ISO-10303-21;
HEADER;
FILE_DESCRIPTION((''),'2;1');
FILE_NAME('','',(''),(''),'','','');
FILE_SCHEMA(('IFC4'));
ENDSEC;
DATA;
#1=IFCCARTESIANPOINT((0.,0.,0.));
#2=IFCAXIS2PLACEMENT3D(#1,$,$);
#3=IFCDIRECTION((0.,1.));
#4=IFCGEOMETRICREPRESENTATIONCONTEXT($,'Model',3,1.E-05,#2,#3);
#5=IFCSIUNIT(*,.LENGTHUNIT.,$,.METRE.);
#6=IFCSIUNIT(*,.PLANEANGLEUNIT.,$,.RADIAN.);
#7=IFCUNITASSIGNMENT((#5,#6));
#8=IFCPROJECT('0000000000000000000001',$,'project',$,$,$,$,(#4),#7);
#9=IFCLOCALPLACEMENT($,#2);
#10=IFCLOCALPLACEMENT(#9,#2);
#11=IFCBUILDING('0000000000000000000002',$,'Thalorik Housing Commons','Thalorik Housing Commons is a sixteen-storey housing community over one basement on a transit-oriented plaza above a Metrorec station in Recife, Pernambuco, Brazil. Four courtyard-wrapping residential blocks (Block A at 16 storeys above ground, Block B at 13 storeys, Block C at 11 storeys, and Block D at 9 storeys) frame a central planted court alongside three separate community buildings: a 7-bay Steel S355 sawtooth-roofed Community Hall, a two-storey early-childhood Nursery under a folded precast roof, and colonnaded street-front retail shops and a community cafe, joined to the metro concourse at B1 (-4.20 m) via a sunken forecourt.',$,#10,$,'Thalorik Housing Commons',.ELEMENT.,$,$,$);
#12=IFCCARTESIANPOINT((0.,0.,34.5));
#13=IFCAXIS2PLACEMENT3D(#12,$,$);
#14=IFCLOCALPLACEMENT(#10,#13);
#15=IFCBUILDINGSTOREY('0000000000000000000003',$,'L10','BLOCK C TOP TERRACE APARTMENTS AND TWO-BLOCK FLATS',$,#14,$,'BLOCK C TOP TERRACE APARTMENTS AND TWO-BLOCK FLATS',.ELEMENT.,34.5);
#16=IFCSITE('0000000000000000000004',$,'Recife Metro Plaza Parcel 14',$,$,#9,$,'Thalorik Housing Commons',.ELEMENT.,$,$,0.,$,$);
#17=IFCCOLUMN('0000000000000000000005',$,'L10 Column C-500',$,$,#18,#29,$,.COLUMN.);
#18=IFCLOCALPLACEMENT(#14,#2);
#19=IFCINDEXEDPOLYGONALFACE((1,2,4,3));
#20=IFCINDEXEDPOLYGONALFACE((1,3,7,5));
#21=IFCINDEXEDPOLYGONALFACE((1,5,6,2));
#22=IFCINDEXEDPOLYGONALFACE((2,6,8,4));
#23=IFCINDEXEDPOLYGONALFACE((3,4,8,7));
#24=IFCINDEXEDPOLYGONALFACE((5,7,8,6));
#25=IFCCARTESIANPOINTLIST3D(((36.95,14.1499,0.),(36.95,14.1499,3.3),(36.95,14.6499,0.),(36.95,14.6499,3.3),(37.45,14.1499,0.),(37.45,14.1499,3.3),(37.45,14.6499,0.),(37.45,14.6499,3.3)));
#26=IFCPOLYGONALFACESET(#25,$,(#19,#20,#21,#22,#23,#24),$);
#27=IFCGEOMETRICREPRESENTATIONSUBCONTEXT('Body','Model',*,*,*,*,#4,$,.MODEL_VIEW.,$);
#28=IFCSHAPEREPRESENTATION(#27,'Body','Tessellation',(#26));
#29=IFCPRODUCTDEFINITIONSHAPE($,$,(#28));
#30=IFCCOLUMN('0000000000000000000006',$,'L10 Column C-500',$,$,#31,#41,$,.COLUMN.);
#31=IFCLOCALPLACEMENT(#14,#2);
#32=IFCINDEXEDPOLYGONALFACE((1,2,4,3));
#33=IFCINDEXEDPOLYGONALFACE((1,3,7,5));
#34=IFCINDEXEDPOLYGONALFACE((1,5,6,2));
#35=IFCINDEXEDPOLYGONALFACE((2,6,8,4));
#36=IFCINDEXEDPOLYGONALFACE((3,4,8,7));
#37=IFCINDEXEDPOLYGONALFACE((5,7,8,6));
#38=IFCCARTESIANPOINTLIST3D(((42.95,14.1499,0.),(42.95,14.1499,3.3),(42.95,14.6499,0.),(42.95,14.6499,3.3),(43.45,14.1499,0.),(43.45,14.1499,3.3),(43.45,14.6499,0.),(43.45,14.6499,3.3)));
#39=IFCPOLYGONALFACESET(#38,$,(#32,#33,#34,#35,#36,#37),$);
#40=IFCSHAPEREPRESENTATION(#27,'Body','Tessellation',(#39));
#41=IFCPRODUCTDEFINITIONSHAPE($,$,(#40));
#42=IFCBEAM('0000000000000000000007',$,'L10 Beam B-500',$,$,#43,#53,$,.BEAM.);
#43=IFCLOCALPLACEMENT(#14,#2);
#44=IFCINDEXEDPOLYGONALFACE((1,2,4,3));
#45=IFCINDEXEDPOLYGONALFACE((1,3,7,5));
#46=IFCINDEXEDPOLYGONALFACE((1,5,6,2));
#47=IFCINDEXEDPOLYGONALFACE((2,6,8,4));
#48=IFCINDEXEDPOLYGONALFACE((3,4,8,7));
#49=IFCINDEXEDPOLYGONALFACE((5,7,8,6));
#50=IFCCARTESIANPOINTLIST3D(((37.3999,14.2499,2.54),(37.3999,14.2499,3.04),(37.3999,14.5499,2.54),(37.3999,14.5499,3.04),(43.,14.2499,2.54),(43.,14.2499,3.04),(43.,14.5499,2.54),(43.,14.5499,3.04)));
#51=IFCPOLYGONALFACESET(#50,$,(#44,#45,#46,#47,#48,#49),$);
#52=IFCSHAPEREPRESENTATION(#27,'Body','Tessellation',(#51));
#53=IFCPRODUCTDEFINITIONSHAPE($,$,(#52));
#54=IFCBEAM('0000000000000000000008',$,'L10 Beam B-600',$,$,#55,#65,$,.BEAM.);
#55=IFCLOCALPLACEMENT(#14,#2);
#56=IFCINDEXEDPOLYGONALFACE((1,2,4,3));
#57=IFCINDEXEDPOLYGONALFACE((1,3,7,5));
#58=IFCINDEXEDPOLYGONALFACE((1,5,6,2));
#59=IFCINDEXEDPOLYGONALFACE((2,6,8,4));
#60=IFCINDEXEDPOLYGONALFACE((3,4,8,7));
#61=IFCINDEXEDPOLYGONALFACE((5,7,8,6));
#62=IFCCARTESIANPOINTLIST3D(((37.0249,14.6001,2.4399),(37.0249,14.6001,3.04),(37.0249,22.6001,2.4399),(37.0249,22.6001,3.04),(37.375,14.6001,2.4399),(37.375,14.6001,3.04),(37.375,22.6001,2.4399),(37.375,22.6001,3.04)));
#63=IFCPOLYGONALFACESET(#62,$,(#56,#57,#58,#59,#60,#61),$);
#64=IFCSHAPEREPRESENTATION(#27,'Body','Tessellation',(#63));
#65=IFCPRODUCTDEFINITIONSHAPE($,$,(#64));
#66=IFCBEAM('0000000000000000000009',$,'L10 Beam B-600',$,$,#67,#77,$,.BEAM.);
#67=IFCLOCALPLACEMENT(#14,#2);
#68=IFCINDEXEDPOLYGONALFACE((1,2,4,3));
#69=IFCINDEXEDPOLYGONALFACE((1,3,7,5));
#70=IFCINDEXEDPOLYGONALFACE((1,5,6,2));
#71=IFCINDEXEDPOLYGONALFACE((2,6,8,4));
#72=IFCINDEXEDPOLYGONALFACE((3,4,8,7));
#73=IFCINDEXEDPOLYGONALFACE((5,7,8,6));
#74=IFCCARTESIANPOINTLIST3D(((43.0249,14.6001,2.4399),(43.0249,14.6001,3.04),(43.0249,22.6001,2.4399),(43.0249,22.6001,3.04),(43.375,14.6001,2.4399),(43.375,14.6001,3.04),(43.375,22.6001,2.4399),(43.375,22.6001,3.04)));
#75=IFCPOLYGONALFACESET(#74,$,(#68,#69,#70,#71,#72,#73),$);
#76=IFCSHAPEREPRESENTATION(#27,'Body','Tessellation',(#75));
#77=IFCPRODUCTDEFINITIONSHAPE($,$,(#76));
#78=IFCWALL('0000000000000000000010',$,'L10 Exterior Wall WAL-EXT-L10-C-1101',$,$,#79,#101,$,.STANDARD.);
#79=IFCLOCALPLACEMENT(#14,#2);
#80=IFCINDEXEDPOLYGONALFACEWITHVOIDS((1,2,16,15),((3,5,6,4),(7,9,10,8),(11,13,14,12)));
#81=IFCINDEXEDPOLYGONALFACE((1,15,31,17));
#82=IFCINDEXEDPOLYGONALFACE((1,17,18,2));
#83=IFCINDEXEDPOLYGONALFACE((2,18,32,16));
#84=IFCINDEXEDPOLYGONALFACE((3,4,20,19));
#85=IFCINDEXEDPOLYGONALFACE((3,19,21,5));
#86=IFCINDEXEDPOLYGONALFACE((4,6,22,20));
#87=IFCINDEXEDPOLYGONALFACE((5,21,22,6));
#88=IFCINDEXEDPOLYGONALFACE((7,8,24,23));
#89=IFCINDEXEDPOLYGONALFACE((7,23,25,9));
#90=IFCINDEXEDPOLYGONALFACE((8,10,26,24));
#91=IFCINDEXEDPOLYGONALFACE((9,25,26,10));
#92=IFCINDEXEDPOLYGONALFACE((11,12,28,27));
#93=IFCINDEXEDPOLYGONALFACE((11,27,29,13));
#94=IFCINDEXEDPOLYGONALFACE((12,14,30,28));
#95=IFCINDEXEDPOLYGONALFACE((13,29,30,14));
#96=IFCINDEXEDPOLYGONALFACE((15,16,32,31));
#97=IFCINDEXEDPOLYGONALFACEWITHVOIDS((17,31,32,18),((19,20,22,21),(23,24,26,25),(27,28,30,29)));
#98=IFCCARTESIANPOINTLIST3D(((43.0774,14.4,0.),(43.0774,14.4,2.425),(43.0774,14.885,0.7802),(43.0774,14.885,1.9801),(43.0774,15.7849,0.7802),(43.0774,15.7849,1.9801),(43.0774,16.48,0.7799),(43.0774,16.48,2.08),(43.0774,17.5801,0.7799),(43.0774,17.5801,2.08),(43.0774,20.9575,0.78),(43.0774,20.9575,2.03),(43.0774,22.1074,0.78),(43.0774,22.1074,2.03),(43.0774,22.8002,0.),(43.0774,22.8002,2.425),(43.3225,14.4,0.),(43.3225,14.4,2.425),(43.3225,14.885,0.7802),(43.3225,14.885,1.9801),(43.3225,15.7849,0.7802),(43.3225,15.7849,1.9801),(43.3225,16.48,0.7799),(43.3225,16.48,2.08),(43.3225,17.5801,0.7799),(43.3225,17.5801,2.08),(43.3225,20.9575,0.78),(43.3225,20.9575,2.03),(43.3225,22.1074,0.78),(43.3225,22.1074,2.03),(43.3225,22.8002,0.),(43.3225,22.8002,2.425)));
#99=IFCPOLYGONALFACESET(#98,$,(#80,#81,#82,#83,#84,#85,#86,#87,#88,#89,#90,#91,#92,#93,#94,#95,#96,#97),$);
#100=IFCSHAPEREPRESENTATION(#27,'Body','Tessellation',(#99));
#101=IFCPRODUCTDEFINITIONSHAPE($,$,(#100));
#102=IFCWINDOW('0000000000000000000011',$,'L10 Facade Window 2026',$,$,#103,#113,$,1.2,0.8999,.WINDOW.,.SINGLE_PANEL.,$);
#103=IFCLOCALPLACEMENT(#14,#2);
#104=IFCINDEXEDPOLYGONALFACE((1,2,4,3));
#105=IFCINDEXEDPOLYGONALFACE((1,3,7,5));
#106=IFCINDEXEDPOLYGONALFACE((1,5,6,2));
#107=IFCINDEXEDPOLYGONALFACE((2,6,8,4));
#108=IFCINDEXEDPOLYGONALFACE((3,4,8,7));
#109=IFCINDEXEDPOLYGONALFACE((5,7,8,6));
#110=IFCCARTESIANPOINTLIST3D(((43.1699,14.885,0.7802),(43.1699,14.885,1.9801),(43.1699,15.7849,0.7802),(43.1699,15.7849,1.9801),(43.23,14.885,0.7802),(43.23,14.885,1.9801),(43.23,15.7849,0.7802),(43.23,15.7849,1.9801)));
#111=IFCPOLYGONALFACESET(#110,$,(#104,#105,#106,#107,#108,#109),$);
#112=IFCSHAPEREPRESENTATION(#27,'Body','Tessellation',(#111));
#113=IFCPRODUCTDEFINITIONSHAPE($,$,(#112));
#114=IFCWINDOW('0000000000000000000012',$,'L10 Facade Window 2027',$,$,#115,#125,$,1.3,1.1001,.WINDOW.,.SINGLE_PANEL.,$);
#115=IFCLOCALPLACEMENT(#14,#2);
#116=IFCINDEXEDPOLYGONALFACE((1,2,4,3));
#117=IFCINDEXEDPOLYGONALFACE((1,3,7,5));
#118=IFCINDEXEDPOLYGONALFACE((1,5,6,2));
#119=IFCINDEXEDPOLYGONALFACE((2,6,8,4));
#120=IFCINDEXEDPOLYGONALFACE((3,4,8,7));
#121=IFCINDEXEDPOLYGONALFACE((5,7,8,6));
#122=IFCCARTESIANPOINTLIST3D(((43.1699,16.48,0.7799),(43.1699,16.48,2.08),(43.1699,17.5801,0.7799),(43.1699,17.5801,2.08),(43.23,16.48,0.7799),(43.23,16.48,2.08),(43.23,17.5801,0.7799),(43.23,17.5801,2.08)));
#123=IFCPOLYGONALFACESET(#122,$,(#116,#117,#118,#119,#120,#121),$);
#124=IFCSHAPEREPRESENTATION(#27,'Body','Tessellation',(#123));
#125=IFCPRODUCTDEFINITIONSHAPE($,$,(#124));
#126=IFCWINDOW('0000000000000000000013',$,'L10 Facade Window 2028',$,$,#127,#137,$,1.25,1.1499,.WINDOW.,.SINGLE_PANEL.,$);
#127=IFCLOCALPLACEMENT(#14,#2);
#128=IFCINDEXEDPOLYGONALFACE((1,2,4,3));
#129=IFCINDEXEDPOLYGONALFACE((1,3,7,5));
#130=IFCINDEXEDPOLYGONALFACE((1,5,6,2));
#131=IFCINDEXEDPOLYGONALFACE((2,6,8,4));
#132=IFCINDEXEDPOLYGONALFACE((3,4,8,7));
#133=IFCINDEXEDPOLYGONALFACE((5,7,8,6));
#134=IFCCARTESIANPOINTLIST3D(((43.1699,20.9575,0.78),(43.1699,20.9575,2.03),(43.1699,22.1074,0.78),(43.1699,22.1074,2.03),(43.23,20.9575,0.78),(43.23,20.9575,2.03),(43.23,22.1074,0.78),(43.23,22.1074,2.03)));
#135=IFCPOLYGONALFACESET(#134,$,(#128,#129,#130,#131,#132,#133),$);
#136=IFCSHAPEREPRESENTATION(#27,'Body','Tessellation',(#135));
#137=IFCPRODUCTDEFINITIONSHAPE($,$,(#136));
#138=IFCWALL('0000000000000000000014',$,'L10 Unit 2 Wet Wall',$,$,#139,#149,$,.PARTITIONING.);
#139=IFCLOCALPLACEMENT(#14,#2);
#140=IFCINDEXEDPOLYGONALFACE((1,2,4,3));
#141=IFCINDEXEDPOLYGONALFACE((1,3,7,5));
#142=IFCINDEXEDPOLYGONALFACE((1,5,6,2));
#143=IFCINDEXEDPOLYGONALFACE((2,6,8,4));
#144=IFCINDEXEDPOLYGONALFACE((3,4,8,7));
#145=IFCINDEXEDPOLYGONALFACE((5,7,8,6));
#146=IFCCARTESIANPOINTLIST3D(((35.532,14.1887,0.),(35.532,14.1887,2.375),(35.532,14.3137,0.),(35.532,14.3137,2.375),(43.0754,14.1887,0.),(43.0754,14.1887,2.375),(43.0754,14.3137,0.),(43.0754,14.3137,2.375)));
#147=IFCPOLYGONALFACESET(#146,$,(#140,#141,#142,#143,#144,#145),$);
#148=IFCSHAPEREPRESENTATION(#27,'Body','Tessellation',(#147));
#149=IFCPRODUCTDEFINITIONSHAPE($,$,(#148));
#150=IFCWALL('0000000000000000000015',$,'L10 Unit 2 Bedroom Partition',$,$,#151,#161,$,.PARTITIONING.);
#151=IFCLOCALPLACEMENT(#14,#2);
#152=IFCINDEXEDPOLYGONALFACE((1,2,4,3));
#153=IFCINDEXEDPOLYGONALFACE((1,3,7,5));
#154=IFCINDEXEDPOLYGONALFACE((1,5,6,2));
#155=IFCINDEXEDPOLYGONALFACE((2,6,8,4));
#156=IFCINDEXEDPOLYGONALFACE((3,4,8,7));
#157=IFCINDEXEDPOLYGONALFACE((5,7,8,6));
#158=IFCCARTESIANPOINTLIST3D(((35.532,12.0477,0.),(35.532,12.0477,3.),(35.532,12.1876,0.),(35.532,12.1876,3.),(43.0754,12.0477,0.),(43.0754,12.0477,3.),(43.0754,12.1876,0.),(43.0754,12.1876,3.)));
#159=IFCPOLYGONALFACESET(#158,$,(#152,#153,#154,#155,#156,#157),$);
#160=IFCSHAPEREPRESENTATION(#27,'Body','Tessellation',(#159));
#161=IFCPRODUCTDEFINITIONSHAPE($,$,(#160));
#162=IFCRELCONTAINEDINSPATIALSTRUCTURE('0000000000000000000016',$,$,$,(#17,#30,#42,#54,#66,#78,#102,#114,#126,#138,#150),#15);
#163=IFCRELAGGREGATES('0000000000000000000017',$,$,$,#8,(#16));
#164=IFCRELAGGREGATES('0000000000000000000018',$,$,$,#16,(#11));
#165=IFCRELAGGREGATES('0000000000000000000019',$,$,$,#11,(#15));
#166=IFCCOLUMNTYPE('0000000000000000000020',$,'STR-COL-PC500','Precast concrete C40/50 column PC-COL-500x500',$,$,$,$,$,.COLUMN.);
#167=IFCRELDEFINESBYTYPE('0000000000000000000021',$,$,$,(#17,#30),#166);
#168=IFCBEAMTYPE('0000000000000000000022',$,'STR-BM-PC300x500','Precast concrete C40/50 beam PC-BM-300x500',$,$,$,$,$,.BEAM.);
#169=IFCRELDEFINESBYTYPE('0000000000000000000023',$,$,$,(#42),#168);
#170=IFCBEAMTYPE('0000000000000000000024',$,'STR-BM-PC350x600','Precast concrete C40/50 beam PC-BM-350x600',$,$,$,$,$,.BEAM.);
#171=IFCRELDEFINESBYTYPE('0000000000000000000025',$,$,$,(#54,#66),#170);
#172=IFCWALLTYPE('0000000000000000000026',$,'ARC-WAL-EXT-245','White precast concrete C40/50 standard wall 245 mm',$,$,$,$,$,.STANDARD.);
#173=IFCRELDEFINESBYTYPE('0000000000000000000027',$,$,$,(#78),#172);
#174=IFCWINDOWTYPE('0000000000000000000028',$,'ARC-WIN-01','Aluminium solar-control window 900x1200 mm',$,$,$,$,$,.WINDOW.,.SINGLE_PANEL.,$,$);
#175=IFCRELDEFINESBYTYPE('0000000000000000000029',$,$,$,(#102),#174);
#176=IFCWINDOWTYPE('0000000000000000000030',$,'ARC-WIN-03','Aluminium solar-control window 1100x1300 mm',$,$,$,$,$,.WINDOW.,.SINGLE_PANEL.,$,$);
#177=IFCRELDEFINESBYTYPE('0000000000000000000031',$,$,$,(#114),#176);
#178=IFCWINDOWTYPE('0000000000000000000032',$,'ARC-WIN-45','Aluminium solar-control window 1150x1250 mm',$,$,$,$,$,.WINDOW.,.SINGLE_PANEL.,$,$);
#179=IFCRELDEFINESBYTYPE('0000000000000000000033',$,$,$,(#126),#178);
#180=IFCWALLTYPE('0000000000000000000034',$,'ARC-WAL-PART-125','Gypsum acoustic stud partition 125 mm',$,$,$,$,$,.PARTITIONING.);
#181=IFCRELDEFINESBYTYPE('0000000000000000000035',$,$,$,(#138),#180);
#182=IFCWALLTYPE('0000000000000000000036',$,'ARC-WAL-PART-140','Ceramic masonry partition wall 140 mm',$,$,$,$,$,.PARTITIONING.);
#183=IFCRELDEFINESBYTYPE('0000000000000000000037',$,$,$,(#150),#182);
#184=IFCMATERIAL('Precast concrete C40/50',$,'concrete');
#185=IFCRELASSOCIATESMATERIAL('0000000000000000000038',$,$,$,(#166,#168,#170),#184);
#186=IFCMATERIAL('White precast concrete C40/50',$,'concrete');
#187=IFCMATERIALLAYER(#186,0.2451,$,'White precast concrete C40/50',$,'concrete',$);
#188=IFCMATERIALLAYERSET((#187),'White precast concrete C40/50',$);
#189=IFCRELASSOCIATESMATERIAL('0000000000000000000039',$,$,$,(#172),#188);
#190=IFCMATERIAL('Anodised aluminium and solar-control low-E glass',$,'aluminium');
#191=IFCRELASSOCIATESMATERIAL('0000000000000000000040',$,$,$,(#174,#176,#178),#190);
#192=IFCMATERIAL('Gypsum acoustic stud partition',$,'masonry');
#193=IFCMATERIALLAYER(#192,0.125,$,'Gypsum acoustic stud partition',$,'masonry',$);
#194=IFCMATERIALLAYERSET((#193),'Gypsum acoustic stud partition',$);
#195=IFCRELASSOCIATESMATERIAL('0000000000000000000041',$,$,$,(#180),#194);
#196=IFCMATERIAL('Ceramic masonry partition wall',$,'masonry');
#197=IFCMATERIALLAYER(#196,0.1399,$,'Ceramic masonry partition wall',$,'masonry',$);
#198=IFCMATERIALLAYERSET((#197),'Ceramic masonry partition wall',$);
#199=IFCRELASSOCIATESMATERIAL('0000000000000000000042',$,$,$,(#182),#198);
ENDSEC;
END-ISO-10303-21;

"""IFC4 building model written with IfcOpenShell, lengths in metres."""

from ifc_helpers import new_model, si_unit, direction, frame, frame_2d, origin, origin_2d, place, context, subcontext, project, spatial, rectangle, extrude, material, layer, layer_set, material_profile, profile_set, type_object, element, fill, save


model = new_model("IFC4")

# Units and contexts
model_context = context("Model", 3, precision=1e-05, world=origin(), true_north=direction((0.0, 1.0)))
body_context = subcontext(model_context, "Body", "Model", "MODEL_VIEW")
ifc_project = project(units=[si_unit("LENGTHUNIT", "METRE"), si_unit("PLANEANGLEUNIT", "RADIAN")], contexts=[model_context])

# Site, building, storey
site_placement = place(None, origin())
site = spatial("IfcSite", under=ifc_project, at=site_placement, Name="Recife Metro Plaza Parcel 14", LongName="Thalorik Housing Commons", CompositionType="ELEMENT", RefElevation=0.0)
building_placement = place(site_placement, origin())
building = spatial("IfcBuilding", under=site, at=building_placement, Name="Thalorik Housing Commons", Description="Thalorik Housing Commons is a sixteen-storey housing community over one basement on a transit-oriented plaza above a Metrorec station in Recife, Pernambuco, Brazil. Four courtyard-wrapping residential blocks (Block A at 16 storeys above ground, Block B at 13 storeys, Block C at 11 storeys, and Block D at 9 storeys) frame a central planted court alongside three separate community buildings: a 7-bay Steel S355 sawtooth-roofed Community Hall, a two-storey early-childhood Nursery under a folded precast roof, and colonnaded street-front retail shops and a community cafe, joined to the metro concourse at B1 (-4.20 m) via a sunken forecourt.", LongName="Thalorik Housing Commons", CompositionType="ELEMENT")
storey_placement = place(building_placement, frame((0.0, 0.0, 34.5)))
storey = spatial("IfcBuildingStorey", under=building, at=storey_placement, Name="L10", Description="BLOCK C TOP TERRACE APARTMENTS AND TWO-BLOCK FLATS", LongName="BLOCK C TOP TERRACE APARTMENTS AND TWO-BLOCK FLATS", CompositionType="ELEMENT", Elevation=34.5)

# Columns
ifc_material_1 = material(Name="Precast concrete C40/50", Category="concrete")
ifc_material_profile_1 = material_profile(ifc_material_1, rectangle(XDim=0.5, YDim=0.5, at=origin_2d()), Name="PC 500x500", Category="concrete")
ifc_profile_set_1 = profile_set([ifc_material_profile_1], Name="Precast concrete C40/50")
column_type = type_object("IfcColumnType", Name="STR-COL-PC500", Description="Precast concrete C40/50 column PC-COL-500x500", PredefinedType="COLUMN", material=ifc_profile_set_1)
for number, where, z_axis, x_axis, name in (
    (1, (37.2, 14.3999, 0.0), (0.0, 0.0, 1.0), (1.0, 0.0, 0.0), "L10 Column C-500"),
    (2, (43.2, 14.3999, 0.0), (0.0, 0.0, 1.0), (1.0, 0.0, 0.0), "L10 Column C-500"),
):
    element("IfcColumn", number, at=place(storey_placement, frame(where, z_axis=z_axis, x_axis=x_axis)), inside=storey, type_object=column_type, Name=name, PredefinedType="COLUMN", context=body_context, shape_type="SweptSolid", body=[
        extrude(rectangle(XDim=0.5, YDim=0.5, at=origin_2d()), origin(), (0.0, 0.0, 1.0), 3.3),
    ])

# Beams
ifc_material_profile_2 = material_profile(ifc_material_1, rectangle(XDim=0.3, YDim=0.5, at=origin_2d()), Name="PC 300x500", Category="concrete")
ifc_profile_set_2 = profile_set([ifc_material_profile_2], Name="Precast concrete C40/50")
beam_type_1 = type_object("IfcBeamType", Name="STR-BM-PC300x500", Description="Precast concrete C40/50 beam PC-BM-300x500", PredefinedType="BEAM", material=ifc_profile_set_2)
beam_placement = place(storey_placement, frame((37.3999, 14.3999, 2.79), z_axis=(1.0, 0.0, 0.0), x_axis=(0.0, 1.0, 0.0)))
element("IfcBeam", 3, at=beam_placement, inside=storey, type_object=beam_type_1, Name="L10 Beam B-500", PredefinedType="BEAM", context=body_context, shape_type="SweptSolid", body=[
    extrude(rectangle(XDim=0.3, YDim=0.5, at=origin_2d()), origin(), (0.0, 0.0, 1.0), 5.6001),
])
ifc_material_profile_3 = material_profile(ifc_material_1, rectangle(XDim=0.3501, YDim=0.6001, at=origin_2d()), Name="PC 350x600", Category="concrete")
ifc_profile_set_3 = profile_set([ifc_material_profile_3], Name="Precast concrete C40/50")
beam_type_2 = type_object("IfcBeamType", Name="STR-BM-PC350x600", Description="Precast concrete C40/50 beam PC-BM-350x600", PredefinedType="BEAM", material=ifc_profile_set_3)
for number, where, z_axis, x_axis, name in (
    (4, (37.2, 14.6001, 2.74), (0.0, 1.0, 0.0), (-1.0, 0.0, 0.0), "L10 Beam B-600"),
    (5, (43.2, 14.6001, 2.74), (0.0, 1.0, 0.0), (-1.0, 0.0, 0.0), "L10 Beam B-600"),
):
    element("IfcBeam", number, at=place(storey_placement, frame(where, z_axis=z_axis, x_axis=x_axis)), inside=storey, type_object=beam_type_2, Name=name, PredefinedType="BEAM", context=body_context, shape_type="SweptSolid", body=[
        extrude(rectangle(XDim=0.3501, YDim=0.6001, at=origin_2d()), origin(), (0.0, 0.0, 1.0), 8.0),
    ])

# Wall, openings, windows
ifc_material_2 = material(Name="White precast concrete C40/50", Category="concrete")
ifc_layer_1 = layer(ifc_material_2, 0.2451, Name="White precast concrete C40/50", Category="concrete")
ifc_layer_set_1 = layer_set([ifc_layer_1], Name="White precast concrete C40/50")
wall_type_1 = type_object("IfcWallType", Name="ARC-WAL-EXT-245", Description="White precast concrete C40/50 standard wall 245 mm", PredefinedType="STANDARD", material=ifc_layer_set_1)
wall_1_placement = place(storey_placement, frame((43.2, 14.3999, 0.0), z_axis=(0.0, 0.0, 1.0), x_axis=(0.0, 1.0, 0.0)))
wall_1 = element("IfcWall", 6, at=wall_1_placement, inside=storey, type_object=wall_type_1, Name="L10 Exterior Wall WAL-EXT-L10-C-1101", PredefinedType="STANDARD", context=body_context, shape_type="SweptSolid", body=[
    extrude(rectangle(XDim=8.4001, YDim=0.2451, at=frame_2d((4.2002, 0.0))), origin(), (0.0, 0.0, 1.0), 2.425),
])
opening_1_placement = place(wall_1_placement, frame((0.4851, 0.0, 0.78)))
opening_1 = element("IfcOpeningElement", 7, at=opening_1_placement, cuts=wall_1, PredefinedType="OPENING", context=body_context, shape_type="SweptSolid", body=[
    extrude(rectangle(XDim=0.8999, YDim=1.2, at=frame_2d((0.45, 0.6001))), frame((0.0, 0.1326, 0.0), z_axis=(0.0, -1.0, 0.0), x_axis=(1.0, 0.0, 0.0)), (0.0, 0.0, 1.0), 0.2651),
])
opening_2_placement = place(wall_1_placement, frame((2.0801, 0.0, 0.78)))
opening_2 = element("IfcOpeningElement", 8, at=opening_2_placement, cuts=wall_1, PredefinedType="OPENING", context=body_context, shape_type="SweptSolid", body=[
    extrude(rectangle(XDim=1.1001, YDim=1.3, at=frame_2d((0.55, 0.6499))), frame((0.0, 0.1326, 0.0), z_axis=(0.0, -1.0, 0.0), x_axis=(1.0, 0.0, 0.0)), (0.0, 0.0, 1.0), 0.2651),
])
opening_3_placement = place(wall_1_placement, frame((6.5576, 0.0, 0.78)))
opening_3 = element("IfcOpeningElement", 9, at=opening_3_placement, cuts=wall_1, PredefinedType="OPENING", context=body_context, shape_type="SweptSolid", body=[
    extrude(rectangle(XDim=1.1499, YDim=1.25, at=frame_2d((0.575, 0.625))), frame((0.0, 0.1326, 0.0), z_axis=(0.0, -1.0, 0.0), x_axis=(1.0, 0.0, 0.0)), (0.0, 0.0, 1.0), 0.2651),
])
ifc_material_3 = material(Name="Anodised aluminium and solar-control low-E glass", Category="aluminium")
window_type_1 = type_object("IfcWindowType", Name="ARC-WIN-01", Description="Aluminium solar-control window 900x1200 mm", PartitioningType="SINGLE_PANEL", PredefinedType="WINDOW", material=ifc_material_3)
window_1_placement = place(opening_1_placement, origin())
window_1 = element("IfcWindow", 10, at=window_1_placement, inside=storey, type_object=window_type_1, Name="L10 Facade Window 2026", OverallHeight=1.2, OverallWidth=0.8999, PartitioningType="SINGLE_PANEL", PredefinedType="WINDOW", context=body_context, shape_type="SweptSolid", body=[
    extrude(rectangle(XDim=0.8999, YDim=1.2, at=frame_2d((0.45, 0.6001))), frame((0.0, 0.03, 0.0), z_axis=(0.0, -1.0, 0.0), x_axis=(1.0, 0.0, 0.0)), (0.0, 0.0, 1.0), 0.0601),
])
fill(opening_1, window_1)
window_type_2 = type_object("IfcWindowType", Name="ARC-WIN-03", Description="Aluminium solar-control window 1100x1300 mm", PartitioningType="SINGLE_PANEL", PredefinedType="WINDOW", material=ifc_material_3)
window_2_placement = place(opening_2_placement, origin())
window_2 = element("IfcWindow", 11, at=window_2_placement, inside=storey, type_object=window_type_2, Name="L10 Facade Window 2027", OverallHeight=1.3, OverallWidth=1.1001, PartitioningType="SINGLE_PANEL", PredefinedType="WINDOW", context=body_context, shape_type="SweptSolid", body=[
    extrude(rectangle(XDim=1.1001, YDim=1.3, at=frame_2d((0.55, 0.6499))), frame((0.0, 0.03, 0.0), z_axis=(0.0, -1.0, 0.0), x_axis=(1.0, 0.0, 0.0)), (0.0, 0.0, 1.0), 0.0601),
])
fill(opening_2, window_2)
window_type_3 = type_object("IfcWindowType", Name="ARC-WIN-45", Description="Aluminium solar-control window 1150x1250 mm", PartitioningType="SINGLE_PANEL", PredefinedType="WINDOW", material=ifc_material_3)
window_3_placement = place(opening_3_placement, origin())
window_3 = element("IfcWindow", 12, at=window_3_placement, inside=storey, type_object=window_type_3, Name="L10 Facade Window 2028", OverallHeight=1.25, OverallWidth=1.1499, PartitioningType="SINGLE_PANEL", PredefinedType="WINDOW", context=body_context, shape_type="SweptSolid", body=[
    extrude(rectangle(XDim=1.1499, YDim=1.25, at=frame_2d((0.575, 0.625))), frame((0.0, 0.03, 0.0), z_axis=(0.0, -1.0, 0.0), x_axis=(1.0, 0.0, 0.0)), (0.0, 0.0, 1.0), 0.0601),
])
fill(opening_3, window_3)

# Walls
ifc_material_4 = material(Name="Gypsum acoustic stud partition", Category="masonry")
ifc_layer_2 = layer(ifc_material_4, 0.125, Name="Gypsum acoustic stud partition", Category="masonry")
ifc_layer_set_2 = layer_set([ifc_layer_2], Name="Gypsum acoustic stud partition")
wall_type_2 = type_object("IfcWallType", Name="ARC-WAL-PART-125", Description="Gypsum acoustic stud partition 125 mm", PredefinedType="PARTITIONING", material=ifc_layer_set_2)
wall_2_placement = place(storey_placement, frame((35.532, 14.2512, 0.0), z_axis=(0.0, 0.0, 1.0), x_axis=(1.0, 0.0, 0.0)))
element("IfcWall", 13, at=wall_2_placement, inside=storey, type_object=wall_type_2, Name="L10 Unit 2 Wet Wall", PredefinedType="PARTITIONING", context=body_context, shape_type="SweptSolid", body=[
    extrude(rectangle(XDim=7.5435, YDim=0.125, at=frame_2d((3.7717, 0.0))), origin(), (0.0, 0.0, 1.0), 2.375),
])
ifc_material_5 = material(Name="Ceramic masonry partition wall", Category="masonry")
ifc_layer_3 = layer(ifc_material_5, 0.1399, Name="Ceramic masonry partition wall", Category="masonry")
ifc_layer_set_3 = layer_set([ifc_layer_3], Name="Ceramic masonry partition wall")
wall_type_3 = type_object("IfcWallType", Name="ARC-WAL-PART-140", Description="Ceramic masonry partition wall 140 mm", PredefinedType="PARTITIONING", material=ifc_layer_set_3)
wall_3_placement = place(storey_placement, frame((35.532, 12.1177, 0.0), z_axis=(0.0, 0.0, 1.0), x_axis=(1.0, 0.0, 0.0)))
element("IfcWall", 14, at=wall_3_placement, inside=storey, type_object=wall_type_3, Name="L10 Unit 2 Bedroom Partition", PredefinedType="PARTITIONING", context=body_context, shape_type="SweptSolid", body=[
    extrude(rectangle(XDim=7.5435, YDim=0.1399, at=frame_2d((3.7717, 0.0))), origin(), (0.0, 0.0, 1.0), 3.0),
])

save(model, "model.ifc")
